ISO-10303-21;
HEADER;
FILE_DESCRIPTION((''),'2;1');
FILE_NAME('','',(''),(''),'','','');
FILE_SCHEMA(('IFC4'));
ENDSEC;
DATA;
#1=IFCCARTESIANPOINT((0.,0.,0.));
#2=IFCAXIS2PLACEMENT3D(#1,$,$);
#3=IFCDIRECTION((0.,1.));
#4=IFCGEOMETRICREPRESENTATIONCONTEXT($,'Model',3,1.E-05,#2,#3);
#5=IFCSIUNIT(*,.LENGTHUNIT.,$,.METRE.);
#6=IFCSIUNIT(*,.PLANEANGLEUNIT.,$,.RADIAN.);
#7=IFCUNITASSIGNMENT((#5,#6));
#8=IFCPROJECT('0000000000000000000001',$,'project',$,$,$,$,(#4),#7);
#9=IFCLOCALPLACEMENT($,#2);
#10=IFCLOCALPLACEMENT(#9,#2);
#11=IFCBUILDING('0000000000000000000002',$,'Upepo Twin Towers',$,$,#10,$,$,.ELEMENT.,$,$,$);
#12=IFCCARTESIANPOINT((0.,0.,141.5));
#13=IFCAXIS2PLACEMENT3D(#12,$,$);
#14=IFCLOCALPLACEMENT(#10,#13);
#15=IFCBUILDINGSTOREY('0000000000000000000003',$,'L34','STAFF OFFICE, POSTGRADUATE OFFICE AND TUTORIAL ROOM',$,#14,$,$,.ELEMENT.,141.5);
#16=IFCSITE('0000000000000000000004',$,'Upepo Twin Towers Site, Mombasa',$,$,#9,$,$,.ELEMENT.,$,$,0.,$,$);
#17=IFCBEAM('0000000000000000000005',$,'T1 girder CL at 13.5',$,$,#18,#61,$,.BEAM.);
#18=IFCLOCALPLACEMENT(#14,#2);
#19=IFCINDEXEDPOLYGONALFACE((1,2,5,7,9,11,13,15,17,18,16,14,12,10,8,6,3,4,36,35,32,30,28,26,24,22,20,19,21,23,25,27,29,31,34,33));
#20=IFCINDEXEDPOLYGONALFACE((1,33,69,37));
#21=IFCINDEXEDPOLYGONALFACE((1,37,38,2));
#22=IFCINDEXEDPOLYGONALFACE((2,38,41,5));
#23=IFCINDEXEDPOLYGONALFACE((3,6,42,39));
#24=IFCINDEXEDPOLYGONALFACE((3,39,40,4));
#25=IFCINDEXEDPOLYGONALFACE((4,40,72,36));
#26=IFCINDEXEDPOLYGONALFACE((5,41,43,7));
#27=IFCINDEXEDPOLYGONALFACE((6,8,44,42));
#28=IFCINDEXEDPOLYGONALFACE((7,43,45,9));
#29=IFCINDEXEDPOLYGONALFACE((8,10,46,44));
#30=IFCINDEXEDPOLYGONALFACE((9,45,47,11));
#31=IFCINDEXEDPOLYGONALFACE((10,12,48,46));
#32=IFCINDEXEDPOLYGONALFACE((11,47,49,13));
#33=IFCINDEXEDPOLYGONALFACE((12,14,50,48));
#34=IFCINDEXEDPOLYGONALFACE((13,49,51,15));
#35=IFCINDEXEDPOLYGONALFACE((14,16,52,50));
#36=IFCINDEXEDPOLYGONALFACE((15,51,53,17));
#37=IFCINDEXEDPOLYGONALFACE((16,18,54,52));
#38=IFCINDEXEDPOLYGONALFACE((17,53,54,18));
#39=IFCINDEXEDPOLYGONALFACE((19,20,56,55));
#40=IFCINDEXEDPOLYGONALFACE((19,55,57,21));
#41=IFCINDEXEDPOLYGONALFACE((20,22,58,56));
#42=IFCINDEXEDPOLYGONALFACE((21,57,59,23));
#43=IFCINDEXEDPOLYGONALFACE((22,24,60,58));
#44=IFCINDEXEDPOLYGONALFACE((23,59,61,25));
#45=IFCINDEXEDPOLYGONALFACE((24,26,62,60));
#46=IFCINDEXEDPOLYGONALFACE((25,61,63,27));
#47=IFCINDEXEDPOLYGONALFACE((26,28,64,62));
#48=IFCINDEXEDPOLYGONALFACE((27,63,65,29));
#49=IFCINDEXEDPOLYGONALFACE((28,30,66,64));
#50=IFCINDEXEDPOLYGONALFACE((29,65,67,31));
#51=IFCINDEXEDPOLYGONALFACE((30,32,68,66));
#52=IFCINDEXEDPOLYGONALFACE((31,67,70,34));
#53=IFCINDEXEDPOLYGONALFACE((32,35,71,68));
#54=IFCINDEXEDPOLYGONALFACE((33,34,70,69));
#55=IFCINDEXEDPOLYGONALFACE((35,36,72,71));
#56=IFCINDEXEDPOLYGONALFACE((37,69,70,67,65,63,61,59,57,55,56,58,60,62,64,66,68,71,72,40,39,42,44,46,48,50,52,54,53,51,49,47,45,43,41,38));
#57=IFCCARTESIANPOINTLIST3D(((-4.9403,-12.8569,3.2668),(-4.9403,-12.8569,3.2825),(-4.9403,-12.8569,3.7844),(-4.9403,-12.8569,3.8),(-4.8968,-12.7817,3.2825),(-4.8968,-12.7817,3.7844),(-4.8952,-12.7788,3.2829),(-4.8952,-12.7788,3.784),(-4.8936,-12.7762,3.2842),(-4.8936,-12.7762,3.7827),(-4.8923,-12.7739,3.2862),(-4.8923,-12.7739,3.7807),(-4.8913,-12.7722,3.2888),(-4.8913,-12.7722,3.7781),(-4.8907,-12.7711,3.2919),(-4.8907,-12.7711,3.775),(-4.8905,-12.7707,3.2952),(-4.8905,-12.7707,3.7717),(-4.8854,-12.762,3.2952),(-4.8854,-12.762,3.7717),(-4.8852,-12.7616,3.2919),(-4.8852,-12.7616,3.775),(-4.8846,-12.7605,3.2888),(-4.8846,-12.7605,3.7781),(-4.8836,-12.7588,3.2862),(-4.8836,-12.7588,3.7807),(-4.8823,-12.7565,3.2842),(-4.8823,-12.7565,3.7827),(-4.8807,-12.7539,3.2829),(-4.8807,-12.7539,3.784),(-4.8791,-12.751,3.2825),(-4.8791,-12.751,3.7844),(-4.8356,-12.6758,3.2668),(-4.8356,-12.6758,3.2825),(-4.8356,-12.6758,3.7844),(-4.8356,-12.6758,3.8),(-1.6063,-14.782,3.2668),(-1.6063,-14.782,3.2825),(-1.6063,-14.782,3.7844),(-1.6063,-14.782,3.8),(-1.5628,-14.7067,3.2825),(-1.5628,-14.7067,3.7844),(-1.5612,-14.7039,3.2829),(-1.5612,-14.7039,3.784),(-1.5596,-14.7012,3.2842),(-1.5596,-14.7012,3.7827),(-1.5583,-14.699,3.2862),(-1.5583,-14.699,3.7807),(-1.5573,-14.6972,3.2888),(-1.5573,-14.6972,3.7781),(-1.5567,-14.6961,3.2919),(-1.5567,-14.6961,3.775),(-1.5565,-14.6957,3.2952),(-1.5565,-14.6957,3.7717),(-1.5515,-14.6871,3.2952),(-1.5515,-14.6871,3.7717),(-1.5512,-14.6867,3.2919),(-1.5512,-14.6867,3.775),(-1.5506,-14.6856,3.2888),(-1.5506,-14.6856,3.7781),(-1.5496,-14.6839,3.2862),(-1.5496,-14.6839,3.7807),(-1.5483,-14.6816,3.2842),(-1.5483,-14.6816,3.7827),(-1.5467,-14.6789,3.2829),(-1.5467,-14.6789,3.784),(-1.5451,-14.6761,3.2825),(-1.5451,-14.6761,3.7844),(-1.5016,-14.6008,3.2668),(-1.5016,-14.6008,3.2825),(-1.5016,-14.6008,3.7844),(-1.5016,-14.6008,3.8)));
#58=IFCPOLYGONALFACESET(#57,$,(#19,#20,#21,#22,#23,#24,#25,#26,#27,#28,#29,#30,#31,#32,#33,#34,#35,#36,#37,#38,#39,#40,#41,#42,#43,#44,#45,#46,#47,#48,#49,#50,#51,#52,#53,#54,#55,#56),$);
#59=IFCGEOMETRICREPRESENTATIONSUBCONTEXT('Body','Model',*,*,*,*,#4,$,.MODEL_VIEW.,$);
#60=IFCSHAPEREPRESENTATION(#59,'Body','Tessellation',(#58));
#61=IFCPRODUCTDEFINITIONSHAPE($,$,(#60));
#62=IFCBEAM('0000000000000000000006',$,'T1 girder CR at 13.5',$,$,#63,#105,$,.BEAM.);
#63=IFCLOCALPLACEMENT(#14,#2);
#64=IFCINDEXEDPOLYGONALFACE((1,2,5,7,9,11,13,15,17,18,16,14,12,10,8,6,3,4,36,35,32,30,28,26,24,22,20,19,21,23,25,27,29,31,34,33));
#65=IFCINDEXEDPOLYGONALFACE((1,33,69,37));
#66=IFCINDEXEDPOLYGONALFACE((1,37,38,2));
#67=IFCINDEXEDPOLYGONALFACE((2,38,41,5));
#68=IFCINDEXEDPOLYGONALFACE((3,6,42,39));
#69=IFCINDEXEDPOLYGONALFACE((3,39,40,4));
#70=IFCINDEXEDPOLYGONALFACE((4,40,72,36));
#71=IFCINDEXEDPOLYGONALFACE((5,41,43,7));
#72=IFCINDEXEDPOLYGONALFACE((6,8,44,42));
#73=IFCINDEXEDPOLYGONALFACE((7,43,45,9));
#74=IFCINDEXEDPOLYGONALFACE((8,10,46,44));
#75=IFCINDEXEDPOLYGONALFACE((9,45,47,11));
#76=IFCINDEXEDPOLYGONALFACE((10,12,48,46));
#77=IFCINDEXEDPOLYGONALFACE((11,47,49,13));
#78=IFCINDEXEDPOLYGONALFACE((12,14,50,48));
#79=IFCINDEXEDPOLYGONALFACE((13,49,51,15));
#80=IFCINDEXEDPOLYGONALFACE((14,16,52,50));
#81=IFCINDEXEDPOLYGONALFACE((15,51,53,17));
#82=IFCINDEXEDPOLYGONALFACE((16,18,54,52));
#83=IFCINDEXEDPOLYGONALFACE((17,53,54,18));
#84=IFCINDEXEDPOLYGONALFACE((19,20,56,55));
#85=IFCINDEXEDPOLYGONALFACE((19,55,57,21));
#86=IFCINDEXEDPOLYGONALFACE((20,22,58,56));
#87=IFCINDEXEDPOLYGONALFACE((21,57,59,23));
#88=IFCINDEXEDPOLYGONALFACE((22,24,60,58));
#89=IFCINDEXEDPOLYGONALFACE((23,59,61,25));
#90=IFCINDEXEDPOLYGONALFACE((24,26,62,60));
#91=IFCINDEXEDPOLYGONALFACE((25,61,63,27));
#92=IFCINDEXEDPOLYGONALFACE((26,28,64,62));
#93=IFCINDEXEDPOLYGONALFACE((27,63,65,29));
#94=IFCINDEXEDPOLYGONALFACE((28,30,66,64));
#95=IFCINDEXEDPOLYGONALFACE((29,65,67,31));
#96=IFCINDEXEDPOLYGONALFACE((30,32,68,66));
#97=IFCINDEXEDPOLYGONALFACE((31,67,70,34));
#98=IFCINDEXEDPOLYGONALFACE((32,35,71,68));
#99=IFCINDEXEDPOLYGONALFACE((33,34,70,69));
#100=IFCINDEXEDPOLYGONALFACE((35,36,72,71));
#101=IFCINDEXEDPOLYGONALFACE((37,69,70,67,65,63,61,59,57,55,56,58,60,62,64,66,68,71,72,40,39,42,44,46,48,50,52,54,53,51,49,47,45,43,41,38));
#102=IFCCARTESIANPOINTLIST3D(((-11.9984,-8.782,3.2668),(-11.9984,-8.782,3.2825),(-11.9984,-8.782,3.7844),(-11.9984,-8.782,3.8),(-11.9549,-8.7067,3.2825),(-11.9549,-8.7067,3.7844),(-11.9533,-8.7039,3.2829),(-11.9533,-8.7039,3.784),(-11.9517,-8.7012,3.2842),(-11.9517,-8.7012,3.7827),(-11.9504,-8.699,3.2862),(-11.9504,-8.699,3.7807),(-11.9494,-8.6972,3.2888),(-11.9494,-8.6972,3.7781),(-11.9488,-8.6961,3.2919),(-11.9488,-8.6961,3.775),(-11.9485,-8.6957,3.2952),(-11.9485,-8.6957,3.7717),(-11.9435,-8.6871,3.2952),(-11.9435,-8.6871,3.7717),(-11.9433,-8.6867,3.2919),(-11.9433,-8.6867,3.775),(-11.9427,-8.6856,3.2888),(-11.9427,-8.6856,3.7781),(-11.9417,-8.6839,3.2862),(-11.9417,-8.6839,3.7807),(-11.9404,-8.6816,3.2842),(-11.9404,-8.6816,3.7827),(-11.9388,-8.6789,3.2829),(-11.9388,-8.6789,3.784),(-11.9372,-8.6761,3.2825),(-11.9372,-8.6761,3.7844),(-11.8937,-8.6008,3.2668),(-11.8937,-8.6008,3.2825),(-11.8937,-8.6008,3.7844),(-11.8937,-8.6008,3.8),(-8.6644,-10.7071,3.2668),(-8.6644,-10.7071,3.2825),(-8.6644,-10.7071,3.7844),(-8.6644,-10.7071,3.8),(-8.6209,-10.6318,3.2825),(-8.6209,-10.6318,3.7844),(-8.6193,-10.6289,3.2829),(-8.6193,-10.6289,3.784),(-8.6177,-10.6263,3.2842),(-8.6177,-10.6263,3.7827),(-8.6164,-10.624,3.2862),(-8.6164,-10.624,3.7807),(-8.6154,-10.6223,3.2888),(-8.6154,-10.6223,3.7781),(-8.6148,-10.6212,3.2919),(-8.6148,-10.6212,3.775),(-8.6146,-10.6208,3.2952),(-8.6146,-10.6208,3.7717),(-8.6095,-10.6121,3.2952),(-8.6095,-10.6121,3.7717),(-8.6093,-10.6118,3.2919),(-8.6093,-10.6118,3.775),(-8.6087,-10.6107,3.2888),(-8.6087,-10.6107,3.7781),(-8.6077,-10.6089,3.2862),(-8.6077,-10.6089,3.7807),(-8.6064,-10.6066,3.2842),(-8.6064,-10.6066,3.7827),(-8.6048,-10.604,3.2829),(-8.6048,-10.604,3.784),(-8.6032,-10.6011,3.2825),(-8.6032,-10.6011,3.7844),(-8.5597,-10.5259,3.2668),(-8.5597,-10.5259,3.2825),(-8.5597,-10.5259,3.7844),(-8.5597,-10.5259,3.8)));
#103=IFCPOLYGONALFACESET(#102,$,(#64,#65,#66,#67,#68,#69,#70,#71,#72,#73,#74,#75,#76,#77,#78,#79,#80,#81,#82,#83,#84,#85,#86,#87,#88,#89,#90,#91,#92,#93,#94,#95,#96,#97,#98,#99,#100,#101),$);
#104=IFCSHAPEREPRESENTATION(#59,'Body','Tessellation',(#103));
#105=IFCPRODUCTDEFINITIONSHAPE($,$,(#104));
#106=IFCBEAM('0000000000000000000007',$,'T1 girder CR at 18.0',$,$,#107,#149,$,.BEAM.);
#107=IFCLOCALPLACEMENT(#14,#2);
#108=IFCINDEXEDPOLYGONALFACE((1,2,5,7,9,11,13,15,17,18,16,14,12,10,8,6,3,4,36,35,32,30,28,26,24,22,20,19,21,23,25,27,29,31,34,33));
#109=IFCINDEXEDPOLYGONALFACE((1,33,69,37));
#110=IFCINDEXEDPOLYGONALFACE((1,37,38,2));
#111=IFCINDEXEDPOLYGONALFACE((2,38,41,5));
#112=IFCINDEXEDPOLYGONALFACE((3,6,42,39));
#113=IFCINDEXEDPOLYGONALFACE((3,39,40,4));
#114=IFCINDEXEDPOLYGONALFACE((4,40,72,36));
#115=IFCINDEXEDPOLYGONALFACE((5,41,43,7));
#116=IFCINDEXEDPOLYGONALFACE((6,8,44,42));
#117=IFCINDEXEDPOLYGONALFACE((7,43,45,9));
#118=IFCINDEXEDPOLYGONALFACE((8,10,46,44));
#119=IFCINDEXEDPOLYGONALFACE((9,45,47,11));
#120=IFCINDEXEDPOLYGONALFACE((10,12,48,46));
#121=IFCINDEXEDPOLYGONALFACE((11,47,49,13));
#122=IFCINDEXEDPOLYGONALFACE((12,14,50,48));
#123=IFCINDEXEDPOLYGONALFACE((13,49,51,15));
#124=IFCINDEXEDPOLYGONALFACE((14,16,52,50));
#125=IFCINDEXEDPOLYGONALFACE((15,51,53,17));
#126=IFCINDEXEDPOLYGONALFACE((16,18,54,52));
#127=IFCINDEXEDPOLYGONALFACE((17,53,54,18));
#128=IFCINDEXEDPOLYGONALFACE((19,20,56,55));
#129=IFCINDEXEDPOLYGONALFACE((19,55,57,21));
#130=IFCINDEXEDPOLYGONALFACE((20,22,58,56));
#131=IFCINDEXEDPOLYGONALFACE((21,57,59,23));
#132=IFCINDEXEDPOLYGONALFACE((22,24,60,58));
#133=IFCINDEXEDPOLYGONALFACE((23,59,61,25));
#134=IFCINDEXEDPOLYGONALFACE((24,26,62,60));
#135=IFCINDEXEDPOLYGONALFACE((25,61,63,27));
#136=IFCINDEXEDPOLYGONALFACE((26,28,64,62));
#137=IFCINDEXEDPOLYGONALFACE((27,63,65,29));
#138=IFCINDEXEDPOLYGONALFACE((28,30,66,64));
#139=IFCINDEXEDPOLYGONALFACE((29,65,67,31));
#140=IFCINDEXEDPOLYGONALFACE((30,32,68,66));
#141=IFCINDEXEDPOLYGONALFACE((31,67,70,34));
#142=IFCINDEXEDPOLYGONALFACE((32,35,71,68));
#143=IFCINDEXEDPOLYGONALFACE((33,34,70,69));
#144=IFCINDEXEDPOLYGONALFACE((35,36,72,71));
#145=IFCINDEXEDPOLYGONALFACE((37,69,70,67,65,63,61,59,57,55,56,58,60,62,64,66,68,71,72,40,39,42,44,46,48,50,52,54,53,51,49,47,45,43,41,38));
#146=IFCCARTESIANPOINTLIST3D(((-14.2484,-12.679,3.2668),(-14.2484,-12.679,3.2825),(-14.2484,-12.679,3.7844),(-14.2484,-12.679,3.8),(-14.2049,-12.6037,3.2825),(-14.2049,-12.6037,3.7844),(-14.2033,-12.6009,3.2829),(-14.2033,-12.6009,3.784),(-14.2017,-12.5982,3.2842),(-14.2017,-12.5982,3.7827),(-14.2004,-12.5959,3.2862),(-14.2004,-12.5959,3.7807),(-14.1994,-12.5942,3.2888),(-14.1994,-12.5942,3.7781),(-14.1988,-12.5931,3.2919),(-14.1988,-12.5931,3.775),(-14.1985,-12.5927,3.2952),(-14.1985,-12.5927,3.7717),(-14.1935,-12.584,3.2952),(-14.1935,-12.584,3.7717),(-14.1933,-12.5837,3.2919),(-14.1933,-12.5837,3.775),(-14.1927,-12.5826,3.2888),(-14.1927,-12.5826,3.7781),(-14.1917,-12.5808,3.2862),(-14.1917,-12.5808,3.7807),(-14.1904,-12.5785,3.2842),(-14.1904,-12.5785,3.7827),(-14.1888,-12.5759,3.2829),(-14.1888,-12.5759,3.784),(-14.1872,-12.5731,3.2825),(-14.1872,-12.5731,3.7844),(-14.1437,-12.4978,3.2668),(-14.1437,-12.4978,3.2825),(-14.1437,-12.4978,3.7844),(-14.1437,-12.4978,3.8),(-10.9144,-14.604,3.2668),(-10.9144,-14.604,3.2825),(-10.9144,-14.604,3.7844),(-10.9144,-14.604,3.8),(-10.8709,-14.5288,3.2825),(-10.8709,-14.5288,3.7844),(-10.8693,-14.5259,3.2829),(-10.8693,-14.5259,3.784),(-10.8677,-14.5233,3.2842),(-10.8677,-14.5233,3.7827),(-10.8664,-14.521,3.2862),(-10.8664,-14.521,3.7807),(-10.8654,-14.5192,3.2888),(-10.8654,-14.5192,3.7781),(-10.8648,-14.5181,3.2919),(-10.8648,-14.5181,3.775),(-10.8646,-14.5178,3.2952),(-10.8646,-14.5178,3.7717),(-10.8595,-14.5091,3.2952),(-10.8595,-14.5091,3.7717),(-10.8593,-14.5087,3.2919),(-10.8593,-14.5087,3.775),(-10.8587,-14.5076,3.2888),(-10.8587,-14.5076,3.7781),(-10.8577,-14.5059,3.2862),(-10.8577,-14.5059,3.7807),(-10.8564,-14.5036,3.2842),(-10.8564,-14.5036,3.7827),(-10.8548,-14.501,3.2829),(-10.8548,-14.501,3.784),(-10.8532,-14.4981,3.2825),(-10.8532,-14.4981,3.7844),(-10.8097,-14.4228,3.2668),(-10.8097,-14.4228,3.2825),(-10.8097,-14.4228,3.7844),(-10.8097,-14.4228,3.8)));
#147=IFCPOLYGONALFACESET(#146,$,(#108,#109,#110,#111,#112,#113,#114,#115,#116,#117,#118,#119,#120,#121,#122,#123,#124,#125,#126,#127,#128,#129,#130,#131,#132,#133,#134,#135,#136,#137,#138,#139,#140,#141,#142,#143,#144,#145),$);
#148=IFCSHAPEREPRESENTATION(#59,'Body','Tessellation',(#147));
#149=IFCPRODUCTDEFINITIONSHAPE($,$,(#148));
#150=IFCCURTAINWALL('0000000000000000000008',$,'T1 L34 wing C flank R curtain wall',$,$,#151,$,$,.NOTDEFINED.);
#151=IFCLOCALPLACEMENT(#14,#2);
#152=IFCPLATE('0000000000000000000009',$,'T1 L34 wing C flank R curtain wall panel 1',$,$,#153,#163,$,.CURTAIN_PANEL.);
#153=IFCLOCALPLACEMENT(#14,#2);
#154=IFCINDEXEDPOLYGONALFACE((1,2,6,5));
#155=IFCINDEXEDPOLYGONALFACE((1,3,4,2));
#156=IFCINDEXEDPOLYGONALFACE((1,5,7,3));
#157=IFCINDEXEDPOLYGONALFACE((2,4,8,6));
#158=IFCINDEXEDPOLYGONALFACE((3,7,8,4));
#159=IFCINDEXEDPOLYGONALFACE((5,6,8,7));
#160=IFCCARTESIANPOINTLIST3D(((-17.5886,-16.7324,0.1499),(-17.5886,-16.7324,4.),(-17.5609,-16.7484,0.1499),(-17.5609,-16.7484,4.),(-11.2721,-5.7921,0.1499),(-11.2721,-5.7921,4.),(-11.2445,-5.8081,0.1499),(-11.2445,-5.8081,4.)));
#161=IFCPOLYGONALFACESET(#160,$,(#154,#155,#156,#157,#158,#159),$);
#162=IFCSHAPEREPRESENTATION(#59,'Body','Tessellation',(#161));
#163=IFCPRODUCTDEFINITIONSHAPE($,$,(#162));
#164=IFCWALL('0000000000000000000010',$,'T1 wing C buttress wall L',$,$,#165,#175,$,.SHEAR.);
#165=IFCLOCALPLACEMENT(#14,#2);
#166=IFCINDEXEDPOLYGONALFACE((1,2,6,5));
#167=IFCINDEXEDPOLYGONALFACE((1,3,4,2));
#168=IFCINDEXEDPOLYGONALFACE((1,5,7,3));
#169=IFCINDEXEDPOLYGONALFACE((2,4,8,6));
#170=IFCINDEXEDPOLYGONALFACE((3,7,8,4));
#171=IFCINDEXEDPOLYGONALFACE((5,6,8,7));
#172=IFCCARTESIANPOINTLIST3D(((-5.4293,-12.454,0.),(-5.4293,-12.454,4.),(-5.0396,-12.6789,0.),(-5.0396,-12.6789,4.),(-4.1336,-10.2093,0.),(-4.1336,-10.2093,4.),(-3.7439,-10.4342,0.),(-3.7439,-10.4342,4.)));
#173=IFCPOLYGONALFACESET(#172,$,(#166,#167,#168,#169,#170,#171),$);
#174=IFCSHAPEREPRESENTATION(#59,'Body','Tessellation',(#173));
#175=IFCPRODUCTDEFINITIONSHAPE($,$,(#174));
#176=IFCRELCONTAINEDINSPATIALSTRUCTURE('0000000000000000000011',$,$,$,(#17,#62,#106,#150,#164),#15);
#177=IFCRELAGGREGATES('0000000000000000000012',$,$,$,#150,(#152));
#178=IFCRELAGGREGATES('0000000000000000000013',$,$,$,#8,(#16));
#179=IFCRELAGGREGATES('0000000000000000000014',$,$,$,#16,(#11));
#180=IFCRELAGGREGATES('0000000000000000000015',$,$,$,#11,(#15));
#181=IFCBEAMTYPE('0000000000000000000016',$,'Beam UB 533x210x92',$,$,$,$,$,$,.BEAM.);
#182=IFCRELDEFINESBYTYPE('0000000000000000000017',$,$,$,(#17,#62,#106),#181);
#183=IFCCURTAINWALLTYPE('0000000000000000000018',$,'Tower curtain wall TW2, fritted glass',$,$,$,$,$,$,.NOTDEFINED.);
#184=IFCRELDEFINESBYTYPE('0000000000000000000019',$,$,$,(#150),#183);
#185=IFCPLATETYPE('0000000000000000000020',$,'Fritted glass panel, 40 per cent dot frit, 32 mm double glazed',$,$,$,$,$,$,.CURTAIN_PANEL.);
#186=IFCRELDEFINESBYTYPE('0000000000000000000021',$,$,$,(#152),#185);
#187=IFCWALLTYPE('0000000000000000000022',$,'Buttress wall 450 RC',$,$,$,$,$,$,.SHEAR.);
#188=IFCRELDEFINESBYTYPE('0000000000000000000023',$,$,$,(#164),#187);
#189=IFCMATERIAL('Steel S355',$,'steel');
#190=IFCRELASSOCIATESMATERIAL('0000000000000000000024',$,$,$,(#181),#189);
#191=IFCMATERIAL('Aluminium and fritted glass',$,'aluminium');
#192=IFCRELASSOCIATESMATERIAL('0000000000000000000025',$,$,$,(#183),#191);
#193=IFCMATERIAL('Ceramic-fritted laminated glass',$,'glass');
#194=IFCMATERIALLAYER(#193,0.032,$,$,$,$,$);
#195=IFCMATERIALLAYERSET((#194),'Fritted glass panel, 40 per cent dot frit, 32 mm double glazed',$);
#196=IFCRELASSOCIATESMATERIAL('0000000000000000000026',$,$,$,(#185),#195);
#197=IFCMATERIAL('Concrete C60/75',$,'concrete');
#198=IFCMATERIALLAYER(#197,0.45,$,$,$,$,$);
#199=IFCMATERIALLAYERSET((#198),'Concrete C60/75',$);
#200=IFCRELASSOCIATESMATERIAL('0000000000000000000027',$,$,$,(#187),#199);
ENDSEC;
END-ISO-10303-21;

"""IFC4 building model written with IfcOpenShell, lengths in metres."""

from ifc_helpers import new_model, si_unit, direction, frame, frame_2d, origin, origin_2d, place, context, subcontext, project, spatial, rectangle, i_section, extrude, material, layer, layer_set, material_profile, profile_set, type_object, element, aggregate, save


model = new_model("IFC4")

# Units and contexts
model_context = context("Model", 3, precision=1e-05, world=origin(), true_north=direction((0.0, 1.0)))
body_context = subcontext(model_context, "Body", "Model", "MODEL_VIEW")
ifc_project = project(units=[si_unit("LENGTHUNIT", "METRE"), si_unit("PLANEANGLEUNIT", "RADIAN")], contexts=[model_context])

# Site, building, storey
site_placement = place(None, origin())
site = spatial("IfcSite", under=ifc_project, at=site_placement, Name="Upepo Twin Towers Site, Mombasa", CompositionType="ELEMENT", RefElevation=0.0)
building_placement = place(site_placement, origin())
building = spatial("IfcBuilding", under=site, at=building_placement, Name="Upepo Twin Towers", CompositionType="ELEMENT")
storey_placement = place(building_placement, frame((0.0, 0.0, 141.5)))
storey = spatial("IfcBuildingStorey", under=building, at=storey_placement, Name="L34", Description="STAFF OFFICE, POSTGRADUATE OFFICE AND TUTORIAL ROOM", CompositionType="ELEMENT", Elevation=141.5)

# Beams
ifc_material_1 = material(Name="Steel S355", Category="steel")
ifc_material_profile_1 = material_profile(ifc_material_1, i_section(OverallWidth=0.2092, OverallDepth=0.5332, WebThickness=0.01, FlangeThickness=0.0156, FilletRadius=0.0127, at=origin_2d()), Name="UB 533x210x92")
ifc_profile_set_1 = profile_set([ifc_material_profile_1], Name="Steel S355")
beam_type_1 = type_object("IfcBeamType", Name="Beam UB 533x210x92", PredefinedType="BEAM", material=ifc_profile_set_1)
for number, where, z_axis, x_axis, name in (
    (1, (-1.554, -14.6914, 3.5334), (-0.866006, 0.500034, 0.0), (-0.500034, -0.866006, 0.0), "T1 girder CL at 13.5"),
    (2, (-11.946, -8.6914, 3.5334), (0.866006, -0.500034, 0.0), (0.500034, 0.866006, 0.0), "T1 girder CR at 13.5"),
    (3, (-14.196, -12.5884, 3.5334), (0.866006, -0.500034, 0.0), (0.500034, 0.866006, 0.0), "T1 girder CR at 18.0"),
):
    element("IfcBeam", number, at=place(storey_placement, frame(where, z_axis=z_axis, x_axis=x_axis)), inside=storey, type_object=beam_type_1, Name=name, PredefinedType="BEAM", context=body_context, shape_type="SweptSolid", body=[
        extrude(i_section(OverallWidth=0.2092, OverallDepth=0.5332, WebThickness=0.01, FlangeThickness=0.0156, FilletRadius=0.0127, at=origin_2d()), origin(), (0.0, 0.0, 1.0), 3.8499),
    ])

# Curtain wall, plate
ifc_material_2 = material(Name="Aluminium and fritted glass", Category="aluminium")
curtain_wall_type = type_object("IfcCurtainWallType", Name="Tower curtain wall TW2, fritted glass", PredefinedType="NOTDEFINED", material=ifc_material_2)
curtain_wall_placement = place(storey_placement, origin())
curtain_wall = element("IfcCurtainWall", 4, at=curtain_wall_placement, inside=storey, type_object=curtain_wall_type, Name="T1 L34 wing C flank R curtain wall", PredefinedType="NOTDEFINED")
ifc_material_3 = material(Name="Ceramic-fritted laminated glass", Category="glass")
ifc_layer_1 = layer(ifc_material_3, 0.032)
ifc_layer_set_1 = layer_set([ifc_layer_1], Name="Fritted glass panel, 40 per cent dot frit, 32 mm double glazed")
plate_type = type_object("IfcPlateType", Name="Fritted glass panel, 40 per cent dot frit, 32 mm double glazed", PredefinedType="CURTAIN_PANEL", material=ifc_layer_set_1)
plate_placement = place(storey_placement, frame((-14.4165, -11.2703, 0.1499), z_axis=(0.0, 0.0, 1.0), x_axis=(0.5, 0.866025, 0.0)))
plate = element("IfcPlate", 5, at=plate_placement, type_object=plate_type, Name="T1 L34 wing C flank R curtain wall panel 1", PredefinedType="CURTAIN_PANEL", context=body_context, shape_type="SweptSolid", body=[
    extrude(rectangle(XDim=12.6328, YDim=0.032, at=origin_2d()), origin(), (0.0, 0.0, 1.0), 3.8501),
])
aggregate(curtain_wall, [plate])

# Wall
ifc_material_4 = material(Name="Concrete C60/75", Category="concrete")
ifc_layer_2 = layer(ifc_material_4, 0.45)
ifc_layer_set_2 = layer_set([ifc_layer_2], Name="Concrete C60/75")
wall_type_1 = type_object("IfcWallType", Name="Buttress wall 450 RC", PredefinedType="SHEAR", material=ifc_layer_set_2)
wall_1_placement = place(storey_placement, frame((-3.9387, -10.3218, 0.0), z_axis=(0.0, 0.0, 1.0), x_axis=(-0.499918, -0.866073, 0.0)))
element("IfcWall", 6, at=wall_1_placement, inside=storey, type_object=wall_type_1, Name="T1 wing C buttress wall L", PredefinedType="SHEAR", context=body_context, shape_type="SweptSolid", body=[
    extrude(rectangle(XDim=2.5918, YDim=0.45, at=frame_2d((1.2959, 0.0))), origin(), (0.0, 0.0, 1.0), 4.0),
])

save(model, "model.ifc")
